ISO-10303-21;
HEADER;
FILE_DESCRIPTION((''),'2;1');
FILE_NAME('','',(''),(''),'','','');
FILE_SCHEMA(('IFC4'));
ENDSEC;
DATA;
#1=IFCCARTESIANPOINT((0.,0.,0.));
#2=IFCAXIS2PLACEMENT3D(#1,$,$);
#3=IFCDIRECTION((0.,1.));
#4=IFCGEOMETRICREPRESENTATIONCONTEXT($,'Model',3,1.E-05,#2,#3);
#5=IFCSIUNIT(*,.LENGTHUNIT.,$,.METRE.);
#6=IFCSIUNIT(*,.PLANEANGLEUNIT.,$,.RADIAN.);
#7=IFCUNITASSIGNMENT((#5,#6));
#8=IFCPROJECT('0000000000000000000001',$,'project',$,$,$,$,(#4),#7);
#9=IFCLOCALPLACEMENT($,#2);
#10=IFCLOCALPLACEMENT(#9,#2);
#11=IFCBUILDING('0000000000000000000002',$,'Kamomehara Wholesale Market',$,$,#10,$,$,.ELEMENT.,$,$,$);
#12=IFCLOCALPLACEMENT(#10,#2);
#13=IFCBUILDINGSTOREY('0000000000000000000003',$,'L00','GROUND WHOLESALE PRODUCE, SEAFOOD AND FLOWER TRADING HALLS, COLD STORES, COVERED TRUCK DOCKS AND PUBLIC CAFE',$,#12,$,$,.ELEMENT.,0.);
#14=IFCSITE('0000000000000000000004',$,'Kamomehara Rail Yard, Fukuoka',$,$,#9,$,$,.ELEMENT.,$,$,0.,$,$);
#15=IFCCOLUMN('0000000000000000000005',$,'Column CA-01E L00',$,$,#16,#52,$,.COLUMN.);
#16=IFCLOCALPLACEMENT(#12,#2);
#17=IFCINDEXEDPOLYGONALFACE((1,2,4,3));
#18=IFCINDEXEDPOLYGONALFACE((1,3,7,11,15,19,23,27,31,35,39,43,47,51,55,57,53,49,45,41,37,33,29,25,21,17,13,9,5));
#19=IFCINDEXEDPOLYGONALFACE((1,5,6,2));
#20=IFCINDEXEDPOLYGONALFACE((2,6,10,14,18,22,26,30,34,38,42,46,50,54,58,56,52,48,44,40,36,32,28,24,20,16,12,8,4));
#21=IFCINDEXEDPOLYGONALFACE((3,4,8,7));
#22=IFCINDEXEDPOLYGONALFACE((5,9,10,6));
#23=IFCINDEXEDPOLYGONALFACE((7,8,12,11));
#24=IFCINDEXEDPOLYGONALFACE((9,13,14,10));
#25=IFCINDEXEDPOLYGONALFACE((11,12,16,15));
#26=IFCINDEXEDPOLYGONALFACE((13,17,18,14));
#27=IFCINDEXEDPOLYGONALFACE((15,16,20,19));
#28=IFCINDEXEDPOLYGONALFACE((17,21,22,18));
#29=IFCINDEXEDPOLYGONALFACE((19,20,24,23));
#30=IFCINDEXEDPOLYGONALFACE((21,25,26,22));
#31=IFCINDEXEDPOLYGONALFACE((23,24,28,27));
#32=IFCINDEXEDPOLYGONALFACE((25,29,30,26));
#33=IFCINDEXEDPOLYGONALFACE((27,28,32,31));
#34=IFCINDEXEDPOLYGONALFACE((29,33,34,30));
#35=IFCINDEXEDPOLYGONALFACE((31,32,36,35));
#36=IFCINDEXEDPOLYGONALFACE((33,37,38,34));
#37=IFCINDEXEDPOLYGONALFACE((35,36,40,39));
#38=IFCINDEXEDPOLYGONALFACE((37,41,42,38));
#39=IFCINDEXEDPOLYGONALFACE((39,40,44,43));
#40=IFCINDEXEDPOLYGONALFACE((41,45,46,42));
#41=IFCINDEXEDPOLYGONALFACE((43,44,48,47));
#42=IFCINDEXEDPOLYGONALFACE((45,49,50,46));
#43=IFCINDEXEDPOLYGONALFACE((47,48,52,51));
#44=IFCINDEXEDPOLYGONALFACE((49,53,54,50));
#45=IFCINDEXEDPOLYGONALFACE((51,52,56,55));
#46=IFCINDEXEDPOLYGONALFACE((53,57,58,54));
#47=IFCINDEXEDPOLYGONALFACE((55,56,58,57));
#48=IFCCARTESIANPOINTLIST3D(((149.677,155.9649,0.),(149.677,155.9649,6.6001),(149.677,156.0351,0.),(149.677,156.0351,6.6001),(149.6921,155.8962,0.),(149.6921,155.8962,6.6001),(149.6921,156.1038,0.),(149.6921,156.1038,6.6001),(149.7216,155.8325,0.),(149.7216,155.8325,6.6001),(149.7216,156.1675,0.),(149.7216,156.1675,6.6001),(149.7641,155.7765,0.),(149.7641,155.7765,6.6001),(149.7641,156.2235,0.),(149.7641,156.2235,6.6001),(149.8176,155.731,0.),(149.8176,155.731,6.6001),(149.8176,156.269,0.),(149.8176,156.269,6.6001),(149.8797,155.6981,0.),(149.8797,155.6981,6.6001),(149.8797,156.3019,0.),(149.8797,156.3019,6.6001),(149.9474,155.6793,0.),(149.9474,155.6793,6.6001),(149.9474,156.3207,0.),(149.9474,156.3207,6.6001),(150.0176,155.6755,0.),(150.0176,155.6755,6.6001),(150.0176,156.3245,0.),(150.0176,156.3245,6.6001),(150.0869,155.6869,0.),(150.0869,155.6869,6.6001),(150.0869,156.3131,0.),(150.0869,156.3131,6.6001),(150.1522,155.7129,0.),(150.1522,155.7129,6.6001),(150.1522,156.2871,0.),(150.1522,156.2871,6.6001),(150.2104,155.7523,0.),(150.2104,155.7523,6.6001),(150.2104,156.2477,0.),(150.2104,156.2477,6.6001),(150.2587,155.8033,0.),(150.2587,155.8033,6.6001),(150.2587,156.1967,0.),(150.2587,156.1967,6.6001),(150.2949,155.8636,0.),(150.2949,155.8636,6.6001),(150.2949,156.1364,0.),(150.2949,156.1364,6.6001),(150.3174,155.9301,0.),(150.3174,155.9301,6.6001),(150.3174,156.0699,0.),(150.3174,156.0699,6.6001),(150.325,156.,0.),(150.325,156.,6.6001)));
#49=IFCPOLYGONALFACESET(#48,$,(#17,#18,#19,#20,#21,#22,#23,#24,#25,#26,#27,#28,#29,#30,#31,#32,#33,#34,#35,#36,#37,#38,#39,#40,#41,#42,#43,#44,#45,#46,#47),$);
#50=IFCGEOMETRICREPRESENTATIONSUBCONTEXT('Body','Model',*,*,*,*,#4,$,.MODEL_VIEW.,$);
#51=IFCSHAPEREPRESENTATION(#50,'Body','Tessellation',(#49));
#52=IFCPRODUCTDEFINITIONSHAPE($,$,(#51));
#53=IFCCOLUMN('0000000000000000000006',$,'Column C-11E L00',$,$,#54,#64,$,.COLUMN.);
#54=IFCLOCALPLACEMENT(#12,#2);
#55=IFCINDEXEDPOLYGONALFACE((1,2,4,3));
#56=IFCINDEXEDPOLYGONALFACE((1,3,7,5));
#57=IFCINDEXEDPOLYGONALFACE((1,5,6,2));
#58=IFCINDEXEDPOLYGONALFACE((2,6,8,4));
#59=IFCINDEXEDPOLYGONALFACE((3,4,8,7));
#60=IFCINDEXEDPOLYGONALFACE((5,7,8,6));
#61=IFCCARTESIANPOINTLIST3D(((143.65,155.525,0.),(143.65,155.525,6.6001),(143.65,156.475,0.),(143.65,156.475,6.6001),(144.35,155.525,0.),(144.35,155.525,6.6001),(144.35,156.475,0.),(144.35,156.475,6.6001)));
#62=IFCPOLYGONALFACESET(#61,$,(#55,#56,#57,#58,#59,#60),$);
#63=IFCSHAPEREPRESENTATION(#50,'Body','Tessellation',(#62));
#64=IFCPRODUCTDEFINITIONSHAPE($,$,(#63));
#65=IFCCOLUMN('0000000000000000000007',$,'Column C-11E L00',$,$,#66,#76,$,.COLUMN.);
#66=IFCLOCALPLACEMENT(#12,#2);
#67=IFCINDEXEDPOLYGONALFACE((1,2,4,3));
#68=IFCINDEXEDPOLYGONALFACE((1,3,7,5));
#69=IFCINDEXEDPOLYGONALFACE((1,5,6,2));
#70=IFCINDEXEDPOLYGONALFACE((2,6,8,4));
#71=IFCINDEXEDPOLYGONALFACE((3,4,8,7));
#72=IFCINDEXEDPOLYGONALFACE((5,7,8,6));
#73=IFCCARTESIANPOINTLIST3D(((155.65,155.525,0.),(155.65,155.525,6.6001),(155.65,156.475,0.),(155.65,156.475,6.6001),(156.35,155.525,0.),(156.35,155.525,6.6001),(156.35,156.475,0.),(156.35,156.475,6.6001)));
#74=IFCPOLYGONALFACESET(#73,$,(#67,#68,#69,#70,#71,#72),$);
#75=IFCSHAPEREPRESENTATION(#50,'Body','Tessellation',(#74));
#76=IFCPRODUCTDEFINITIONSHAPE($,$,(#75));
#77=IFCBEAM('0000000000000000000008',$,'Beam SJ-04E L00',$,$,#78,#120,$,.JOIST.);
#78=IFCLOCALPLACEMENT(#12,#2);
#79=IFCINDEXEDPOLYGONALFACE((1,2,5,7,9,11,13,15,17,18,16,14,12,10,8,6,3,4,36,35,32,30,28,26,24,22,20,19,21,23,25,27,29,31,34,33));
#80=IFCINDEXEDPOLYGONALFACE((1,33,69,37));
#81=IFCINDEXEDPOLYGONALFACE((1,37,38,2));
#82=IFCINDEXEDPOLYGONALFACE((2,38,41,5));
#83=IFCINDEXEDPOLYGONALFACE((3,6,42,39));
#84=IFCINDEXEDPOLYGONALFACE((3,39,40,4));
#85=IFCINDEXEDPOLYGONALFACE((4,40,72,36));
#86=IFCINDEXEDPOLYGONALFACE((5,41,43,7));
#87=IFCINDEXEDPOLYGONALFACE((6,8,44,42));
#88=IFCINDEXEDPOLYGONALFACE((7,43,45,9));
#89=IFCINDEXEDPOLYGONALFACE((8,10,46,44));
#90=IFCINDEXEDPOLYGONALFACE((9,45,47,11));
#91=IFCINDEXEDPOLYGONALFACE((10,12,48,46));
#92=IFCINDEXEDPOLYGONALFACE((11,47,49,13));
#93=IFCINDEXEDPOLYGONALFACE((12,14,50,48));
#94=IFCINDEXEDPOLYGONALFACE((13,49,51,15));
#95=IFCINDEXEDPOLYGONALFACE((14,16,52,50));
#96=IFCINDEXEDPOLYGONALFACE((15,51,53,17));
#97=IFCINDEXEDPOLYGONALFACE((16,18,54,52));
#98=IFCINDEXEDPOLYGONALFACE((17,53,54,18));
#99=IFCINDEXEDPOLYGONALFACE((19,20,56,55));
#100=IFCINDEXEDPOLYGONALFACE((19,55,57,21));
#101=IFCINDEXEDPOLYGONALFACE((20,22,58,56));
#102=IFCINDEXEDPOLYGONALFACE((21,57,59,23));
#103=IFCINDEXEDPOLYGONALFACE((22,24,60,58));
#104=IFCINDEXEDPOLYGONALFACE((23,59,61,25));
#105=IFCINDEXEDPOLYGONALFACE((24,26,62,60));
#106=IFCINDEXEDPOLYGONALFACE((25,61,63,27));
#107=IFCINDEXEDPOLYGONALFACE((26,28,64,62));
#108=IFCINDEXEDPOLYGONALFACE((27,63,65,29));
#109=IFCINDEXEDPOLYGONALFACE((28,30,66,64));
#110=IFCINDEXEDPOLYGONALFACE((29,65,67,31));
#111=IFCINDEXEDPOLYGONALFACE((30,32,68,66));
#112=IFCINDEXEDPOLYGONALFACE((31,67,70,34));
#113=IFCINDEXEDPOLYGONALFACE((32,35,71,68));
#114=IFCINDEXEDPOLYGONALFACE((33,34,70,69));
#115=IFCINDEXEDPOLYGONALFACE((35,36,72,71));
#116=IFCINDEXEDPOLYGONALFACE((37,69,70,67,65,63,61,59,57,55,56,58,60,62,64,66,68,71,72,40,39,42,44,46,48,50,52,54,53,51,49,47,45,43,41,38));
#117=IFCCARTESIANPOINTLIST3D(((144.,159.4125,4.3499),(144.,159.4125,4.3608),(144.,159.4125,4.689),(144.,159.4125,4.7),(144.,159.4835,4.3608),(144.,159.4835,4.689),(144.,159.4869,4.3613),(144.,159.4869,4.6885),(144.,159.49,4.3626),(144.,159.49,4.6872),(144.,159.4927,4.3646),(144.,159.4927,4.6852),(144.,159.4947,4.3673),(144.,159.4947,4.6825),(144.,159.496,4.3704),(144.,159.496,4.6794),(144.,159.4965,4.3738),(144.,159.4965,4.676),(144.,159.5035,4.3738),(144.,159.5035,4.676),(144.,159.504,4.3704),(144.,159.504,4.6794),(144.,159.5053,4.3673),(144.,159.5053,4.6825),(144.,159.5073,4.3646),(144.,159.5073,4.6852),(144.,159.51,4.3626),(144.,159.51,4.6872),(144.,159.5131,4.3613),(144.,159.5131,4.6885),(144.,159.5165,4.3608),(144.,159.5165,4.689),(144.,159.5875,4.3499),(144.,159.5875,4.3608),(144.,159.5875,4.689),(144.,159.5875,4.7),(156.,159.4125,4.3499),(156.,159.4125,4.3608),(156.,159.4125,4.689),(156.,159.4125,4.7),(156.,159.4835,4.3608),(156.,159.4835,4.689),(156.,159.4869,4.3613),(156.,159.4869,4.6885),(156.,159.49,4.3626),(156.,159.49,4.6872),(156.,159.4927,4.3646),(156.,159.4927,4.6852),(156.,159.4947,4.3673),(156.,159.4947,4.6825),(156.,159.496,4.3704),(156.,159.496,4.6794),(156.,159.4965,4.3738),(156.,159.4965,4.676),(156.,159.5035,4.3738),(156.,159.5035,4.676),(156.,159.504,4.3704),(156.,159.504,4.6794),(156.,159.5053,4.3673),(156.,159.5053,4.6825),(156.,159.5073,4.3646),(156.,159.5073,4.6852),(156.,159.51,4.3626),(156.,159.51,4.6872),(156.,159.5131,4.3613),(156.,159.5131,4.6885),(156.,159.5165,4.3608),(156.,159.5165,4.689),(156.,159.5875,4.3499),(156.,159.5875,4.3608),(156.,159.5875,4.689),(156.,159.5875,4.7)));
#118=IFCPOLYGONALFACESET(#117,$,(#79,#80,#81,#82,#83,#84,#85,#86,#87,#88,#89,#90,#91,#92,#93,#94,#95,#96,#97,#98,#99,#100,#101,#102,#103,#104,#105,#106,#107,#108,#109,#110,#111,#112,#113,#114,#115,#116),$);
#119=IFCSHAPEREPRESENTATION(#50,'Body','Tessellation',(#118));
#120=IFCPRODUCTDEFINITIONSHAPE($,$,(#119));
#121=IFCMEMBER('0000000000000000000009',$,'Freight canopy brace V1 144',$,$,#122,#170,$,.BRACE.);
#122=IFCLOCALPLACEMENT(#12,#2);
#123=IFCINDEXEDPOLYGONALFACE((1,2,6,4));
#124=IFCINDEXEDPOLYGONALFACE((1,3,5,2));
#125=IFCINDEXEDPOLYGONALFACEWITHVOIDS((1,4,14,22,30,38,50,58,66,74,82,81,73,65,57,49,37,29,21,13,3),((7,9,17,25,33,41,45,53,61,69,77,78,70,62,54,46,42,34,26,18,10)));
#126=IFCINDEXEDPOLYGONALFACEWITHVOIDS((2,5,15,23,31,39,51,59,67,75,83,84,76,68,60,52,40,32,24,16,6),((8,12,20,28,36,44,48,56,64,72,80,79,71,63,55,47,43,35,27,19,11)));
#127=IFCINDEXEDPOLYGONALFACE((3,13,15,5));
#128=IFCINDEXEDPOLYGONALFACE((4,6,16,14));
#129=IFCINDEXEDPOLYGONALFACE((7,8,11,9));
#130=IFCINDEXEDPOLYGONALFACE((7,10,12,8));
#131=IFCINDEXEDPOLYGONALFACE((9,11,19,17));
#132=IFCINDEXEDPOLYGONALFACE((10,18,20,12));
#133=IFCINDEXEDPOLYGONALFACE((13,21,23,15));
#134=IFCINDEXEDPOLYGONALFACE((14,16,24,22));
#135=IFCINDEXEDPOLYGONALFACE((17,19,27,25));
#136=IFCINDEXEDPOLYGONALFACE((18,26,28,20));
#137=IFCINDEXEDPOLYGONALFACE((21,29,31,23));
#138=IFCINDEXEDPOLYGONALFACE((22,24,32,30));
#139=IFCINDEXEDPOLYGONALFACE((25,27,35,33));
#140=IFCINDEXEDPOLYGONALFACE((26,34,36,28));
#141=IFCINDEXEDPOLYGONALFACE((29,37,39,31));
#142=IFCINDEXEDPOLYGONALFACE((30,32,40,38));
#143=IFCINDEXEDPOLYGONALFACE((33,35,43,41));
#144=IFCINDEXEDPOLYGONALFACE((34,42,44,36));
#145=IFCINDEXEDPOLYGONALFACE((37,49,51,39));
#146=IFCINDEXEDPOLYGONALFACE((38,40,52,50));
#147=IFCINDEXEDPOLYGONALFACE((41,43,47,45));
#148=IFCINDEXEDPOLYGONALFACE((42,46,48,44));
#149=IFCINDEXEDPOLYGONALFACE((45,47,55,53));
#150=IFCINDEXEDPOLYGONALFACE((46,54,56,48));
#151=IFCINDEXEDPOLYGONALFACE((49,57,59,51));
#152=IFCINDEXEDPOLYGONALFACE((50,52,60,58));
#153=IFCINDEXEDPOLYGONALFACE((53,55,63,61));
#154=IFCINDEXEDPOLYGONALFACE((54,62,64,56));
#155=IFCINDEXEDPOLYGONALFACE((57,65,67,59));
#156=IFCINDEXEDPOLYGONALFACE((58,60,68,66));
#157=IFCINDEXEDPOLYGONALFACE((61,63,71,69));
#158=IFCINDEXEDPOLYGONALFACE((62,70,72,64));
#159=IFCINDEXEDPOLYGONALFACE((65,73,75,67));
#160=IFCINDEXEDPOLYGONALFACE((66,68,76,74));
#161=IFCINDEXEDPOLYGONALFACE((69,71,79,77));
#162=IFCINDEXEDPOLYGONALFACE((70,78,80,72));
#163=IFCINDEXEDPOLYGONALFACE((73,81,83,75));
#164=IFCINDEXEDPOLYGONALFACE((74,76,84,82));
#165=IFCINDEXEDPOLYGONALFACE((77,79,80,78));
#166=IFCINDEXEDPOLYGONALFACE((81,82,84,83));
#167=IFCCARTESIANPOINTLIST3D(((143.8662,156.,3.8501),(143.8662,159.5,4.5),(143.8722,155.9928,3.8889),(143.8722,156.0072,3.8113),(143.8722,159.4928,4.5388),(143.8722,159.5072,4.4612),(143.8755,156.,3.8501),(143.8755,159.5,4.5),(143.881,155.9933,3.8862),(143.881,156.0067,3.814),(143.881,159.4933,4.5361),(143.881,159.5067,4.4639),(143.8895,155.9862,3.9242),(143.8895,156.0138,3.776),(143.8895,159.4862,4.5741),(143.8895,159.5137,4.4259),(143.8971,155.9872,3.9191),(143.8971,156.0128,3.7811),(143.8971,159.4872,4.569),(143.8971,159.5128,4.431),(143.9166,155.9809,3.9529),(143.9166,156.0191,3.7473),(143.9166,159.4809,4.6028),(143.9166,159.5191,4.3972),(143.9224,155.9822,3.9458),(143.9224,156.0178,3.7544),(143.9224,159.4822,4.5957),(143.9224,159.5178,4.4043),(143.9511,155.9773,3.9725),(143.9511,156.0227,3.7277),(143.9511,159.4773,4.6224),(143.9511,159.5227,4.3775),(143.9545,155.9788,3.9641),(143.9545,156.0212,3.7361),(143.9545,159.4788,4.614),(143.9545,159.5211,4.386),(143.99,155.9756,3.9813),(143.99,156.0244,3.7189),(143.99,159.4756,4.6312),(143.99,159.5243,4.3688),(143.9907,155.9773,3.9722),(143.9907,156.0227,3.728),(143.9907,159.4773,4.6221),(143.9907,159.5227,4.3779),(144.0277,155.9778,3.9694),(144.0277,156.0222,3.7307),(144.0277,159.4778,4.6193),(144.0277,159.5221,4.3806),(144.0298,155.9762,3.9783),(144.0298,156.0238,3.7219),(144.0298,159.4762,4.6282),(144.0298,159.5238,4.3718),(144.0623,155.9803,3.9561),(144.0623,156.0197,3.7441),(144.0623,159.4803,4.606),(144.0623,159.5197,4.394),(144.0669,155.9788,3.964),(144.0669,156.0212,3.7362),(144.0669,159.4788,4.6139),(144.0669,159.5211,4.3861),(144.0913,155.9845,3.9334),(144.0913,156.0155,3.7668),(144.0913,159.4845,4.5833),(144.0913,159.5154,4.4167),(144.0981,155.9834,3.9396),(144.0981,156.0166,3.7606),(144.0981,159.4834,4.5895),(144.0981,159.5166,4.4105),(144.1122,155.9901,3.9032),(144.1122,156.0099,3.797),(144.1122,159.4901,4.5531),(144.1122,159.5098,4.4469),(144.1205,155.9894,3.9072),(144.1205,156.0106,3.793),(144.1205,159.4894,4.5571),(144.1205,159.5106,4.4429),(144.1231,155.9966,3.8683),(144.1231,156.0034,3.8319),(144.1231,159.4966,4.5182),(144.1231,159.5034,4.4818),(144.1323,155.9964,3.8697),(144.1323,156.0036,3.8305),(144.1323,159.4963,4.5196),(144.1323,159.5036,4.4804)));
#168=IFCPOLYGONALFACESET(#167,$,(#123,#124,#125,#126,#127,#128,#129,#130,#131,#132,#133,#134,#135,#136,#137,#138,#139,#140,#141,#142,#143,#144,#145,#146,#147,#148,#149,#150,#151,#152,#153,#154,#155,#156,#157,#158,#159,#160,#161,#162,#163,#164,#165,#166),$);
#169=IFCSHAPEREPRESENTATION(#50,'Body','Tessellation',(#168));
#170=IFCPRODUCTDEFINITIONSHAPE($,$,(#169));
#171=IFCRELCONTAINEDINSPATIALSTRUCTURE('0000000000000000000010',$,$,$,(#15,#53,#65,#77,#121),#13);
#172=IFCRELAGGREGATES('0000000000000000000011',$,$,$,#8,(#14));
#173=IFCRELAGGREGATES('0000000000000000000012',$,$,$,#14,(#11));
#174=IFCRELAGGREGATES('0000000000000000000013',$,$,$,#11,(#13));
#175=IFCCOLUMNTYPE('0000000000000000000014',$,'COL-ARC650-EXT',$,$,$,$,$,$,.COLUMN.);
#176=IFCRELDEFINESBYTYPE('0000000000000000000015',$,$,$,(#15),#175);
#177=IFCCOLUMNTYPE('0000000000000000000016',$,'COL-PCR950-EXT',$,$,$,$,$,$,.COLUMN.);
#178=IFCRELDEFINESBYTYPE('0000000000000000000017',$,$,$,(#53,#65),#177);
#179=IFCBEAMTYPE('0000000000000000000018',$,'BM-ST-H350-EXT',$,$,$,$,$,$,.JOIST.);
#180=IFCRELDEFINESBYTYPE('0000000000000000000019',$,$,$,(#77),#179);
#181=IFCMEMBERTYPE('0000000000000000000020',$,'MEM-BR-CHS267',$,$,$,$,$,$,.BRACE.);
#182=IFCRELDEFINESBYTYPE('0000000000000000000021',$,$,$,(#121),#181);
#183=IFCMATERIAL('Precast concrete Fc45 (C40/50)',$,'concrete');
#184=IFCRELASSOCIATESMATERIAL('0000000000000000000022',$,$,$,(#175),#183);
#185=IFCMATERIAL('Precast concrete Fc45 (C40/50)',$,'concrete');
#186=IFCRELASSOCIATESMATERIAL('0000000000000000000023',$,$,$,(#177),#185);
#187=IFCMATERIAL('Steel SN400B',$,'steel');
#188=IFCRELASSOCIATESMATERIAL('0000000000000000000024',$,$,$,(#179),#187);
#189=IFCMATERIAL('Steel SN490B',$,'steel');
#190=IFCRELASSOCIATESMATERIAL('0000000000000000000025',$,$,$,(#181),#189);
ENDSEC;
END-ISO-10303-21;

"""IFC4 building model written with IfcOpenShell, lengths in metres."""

from ifc_helpers import new_model, si_unit, direction, frame, origin, origin_2d, place, context, subcontext, project, spatial, rectangle, circle, hollow_circle, i_section, extrude, material, material_profile, profile_set, type_object, element, save


model = new_model("IFC4")

# Units and contexts
model_context = context("Model", 3, precision=1e-05, world=origin(), true_north=direction((0.0, 1.0)))
body_context = subcontext(model_context, "Body", "Model", "MODEL_VIEW")
ifc_project = project(units=[si_unit("LENGTHUNIT", "METRE"), si_unit("PLANEANGLEUNIT", "RADIAN")], contexts=[model_context])

# Site, building, storey
site_placement = place(None, origin())
site = spatial("IfcSite", under=ifc_project, at=site_placement, Name="Kamomehara Rail Yard, Fukuoka", CompositionType="ELEMENT", RefElevation=0.0)
building_placement = place(site_placement, origin())
building = spatial("IfcBuilding", under=site, at=building_placement, Name="Kamomehara Wholesale Market", CompositionType="ELEMENT")
storey_placement = place(building_placement, origin())
storey = spatial("IfcBuildingStorey", under=building, at=storey_placement, Name="L00", Description="GROUND WHOLESALE PRODUCE, SEAFOOD AND FLOWER TRADING HALLS, COLD STORES, COVERED TRUCK DOCKS AND PUBLIC CAFE", CompositionType="ELEMENT", Elevation=0.0)

# Columns
ifc_material_1 = material(Name="Precast concrete Fc45 (C40/50)", Category="concrete")
ifc_material_profile_1 = material_profile(ifc_material_1, circle(Radius=0.325, at=origin_2d()), Name="PC-ARC-D650")
ifc_profile_set_1 = profile_set([ifc_material_profile_1], Name="Precast concrete Fc45 (C40/50)")
column_type_1 = type_object("IfcColumnType", Name="COL-ARC650-EXT", PredefinedType="COLUMN", material=ifc_profile_set_1)
column_placement = place(storey_placement, frame((150.0, 156.0, 0.0), z_axis=(0.0, 0.0, 1.0), x_axis=(1.0, 0.0, 0.0)))
element("IfcColumn", 1, at=column_placement, inside=storey, type_object=column_type_1, Name="Column CA-01E L00", PredefinedType="COLUMN", context=body_context, shape_type="SweptSolid", body=[
    extrude(circle(Radius=0.325, at=origin_2d()), origin(), (0.0, 0.0, 1.0), 6.6001),
])
ifc_material_2 = material(Name="Precast concrete Fc45 (C40/50)", Category="concrete")
ifc_material_profile_2 = material_profile(ifc_material_2, rectangle(XDim=0.7, YDim=0.95, at=origin_2d()), Name="PC-COL-700x950")
ifc_profile_set_2 = profile_set([ifc_material_profile_2], Name="Precast concrete Fc45 (C40/50)")
column_type_2 = type_object("IfcColumnType", Name="COL-PCR950-EXT", PredefinedType="COLUMN", material=ifc_profile_set_2)
for number, where, z_axis, x_axis, name in (
    (2, (144.0, 156.0, 0.0), (0.0, 0.0, 1.0), (1.0, 0.0, 0.0), "Column C-11E L00"),
    (3, (156.0, 156.0, 0.0), (0.0, 0.0, 1.0), (1.0, 0.0, 0.0), "Column C-11E L00"),
):
    element("IfcColumn", number, at=place(storey_placement, frame(where, z_axis=z_axis, x_axis=x_axis)), inside=storey, type_object=column_type_2, Name=name, PredefinedType="COLUMN", context=body_context, shape_type="SweptSolid", body=[
        extrude(rectangle(XDim=0.7, YDim=0.95, at=origin_2d()), origin(), (0.0, 0.0, 1.0), 6.6001),
    ])

# Beam
ifc_material_3 = material(Name="Steel SN400B", Category="steel")
ifc_material_profile_3 = material_profile(ifc_material_3, i_section(OverallWidth=0.175, OverallDepth=0.3501, WebThickness=0.0071, FlangeThickness=0.011, FilletRadius=0.0129, at=origin_2d()), Name="H-350x175x7x11")
ifc_profile_set_3 = profile_set([ifc_material_profile_3], Name="Steel SN400B")
beam_type = type_object("IfcBeamType", Name="BM-ST-H350-EXT", PredefinedType="JOIST", material=ifc_profile_set_3)
beam_placement = place(storey_placement, frame((144.0, 159.5, 4.5249), z_axis=(1.0, 0.0, 0.0), x_axis=(0.0, 1.0, 0.0)))
element("IfcBeam", 4, at=beam_placement, inside=storey, type_object=beam_type, Name="Beam SJ-04E L00", PredefinedType="JOIST", context=body_context, shape_type="SweptSolid", body=[
    extrude(i_section(OverallWidth=0.175, OverallDepth=0.3501, WebThickness=0.0071, FlangeThickness=0.011, FilletRadius=0.0129, at=origin_2d()), origin(), (0.0, 0.0, 1.0), 12.0),
])

# Member
ifc_material_4 = material(Name="Steel SN490B", Category="steel")
ifc_material_profile_4 = material_profile(ifc_material_4, hollow_circle(Radius=0.1338, WallThickness=0.0093, at=origin_2d()), Name="CHS-267.4x9.3")
ifc_profile_set_4 = profile_set([ifc_material_profile_4], Name="Steel SN490B")
member_type_1 = type_object("IfcMemberType", Name="MEM-BR-CHS267", PredefinedType="BRACE", material=ifc_profile_set_4)
for number, where, z_axis, x_axis, name in (
    (5, (144.0, 156.0, 3.8501), (0.0, 0.983194, 0.182566), (-1.0, 0.0, 0.0), "Freight canopy brace V1 144"),
):
    element("IfcMember", number, at=place(storey_placement, frame(where, z_axis=z_axis, x_axis=x_axis)), inside=storey, type_object=member_type_1, Name=name, PredefinedType="BRACE", context=body_context, shape_type="SweptSolid", body=[
        extrude(hollow_circle(Radius=0.1338, WallThickness=0.0093, at=origin_2d()), origin(), (0.0, 0.0, 1.0), 3.5598),
    ])

save(model, "model.ifc")
